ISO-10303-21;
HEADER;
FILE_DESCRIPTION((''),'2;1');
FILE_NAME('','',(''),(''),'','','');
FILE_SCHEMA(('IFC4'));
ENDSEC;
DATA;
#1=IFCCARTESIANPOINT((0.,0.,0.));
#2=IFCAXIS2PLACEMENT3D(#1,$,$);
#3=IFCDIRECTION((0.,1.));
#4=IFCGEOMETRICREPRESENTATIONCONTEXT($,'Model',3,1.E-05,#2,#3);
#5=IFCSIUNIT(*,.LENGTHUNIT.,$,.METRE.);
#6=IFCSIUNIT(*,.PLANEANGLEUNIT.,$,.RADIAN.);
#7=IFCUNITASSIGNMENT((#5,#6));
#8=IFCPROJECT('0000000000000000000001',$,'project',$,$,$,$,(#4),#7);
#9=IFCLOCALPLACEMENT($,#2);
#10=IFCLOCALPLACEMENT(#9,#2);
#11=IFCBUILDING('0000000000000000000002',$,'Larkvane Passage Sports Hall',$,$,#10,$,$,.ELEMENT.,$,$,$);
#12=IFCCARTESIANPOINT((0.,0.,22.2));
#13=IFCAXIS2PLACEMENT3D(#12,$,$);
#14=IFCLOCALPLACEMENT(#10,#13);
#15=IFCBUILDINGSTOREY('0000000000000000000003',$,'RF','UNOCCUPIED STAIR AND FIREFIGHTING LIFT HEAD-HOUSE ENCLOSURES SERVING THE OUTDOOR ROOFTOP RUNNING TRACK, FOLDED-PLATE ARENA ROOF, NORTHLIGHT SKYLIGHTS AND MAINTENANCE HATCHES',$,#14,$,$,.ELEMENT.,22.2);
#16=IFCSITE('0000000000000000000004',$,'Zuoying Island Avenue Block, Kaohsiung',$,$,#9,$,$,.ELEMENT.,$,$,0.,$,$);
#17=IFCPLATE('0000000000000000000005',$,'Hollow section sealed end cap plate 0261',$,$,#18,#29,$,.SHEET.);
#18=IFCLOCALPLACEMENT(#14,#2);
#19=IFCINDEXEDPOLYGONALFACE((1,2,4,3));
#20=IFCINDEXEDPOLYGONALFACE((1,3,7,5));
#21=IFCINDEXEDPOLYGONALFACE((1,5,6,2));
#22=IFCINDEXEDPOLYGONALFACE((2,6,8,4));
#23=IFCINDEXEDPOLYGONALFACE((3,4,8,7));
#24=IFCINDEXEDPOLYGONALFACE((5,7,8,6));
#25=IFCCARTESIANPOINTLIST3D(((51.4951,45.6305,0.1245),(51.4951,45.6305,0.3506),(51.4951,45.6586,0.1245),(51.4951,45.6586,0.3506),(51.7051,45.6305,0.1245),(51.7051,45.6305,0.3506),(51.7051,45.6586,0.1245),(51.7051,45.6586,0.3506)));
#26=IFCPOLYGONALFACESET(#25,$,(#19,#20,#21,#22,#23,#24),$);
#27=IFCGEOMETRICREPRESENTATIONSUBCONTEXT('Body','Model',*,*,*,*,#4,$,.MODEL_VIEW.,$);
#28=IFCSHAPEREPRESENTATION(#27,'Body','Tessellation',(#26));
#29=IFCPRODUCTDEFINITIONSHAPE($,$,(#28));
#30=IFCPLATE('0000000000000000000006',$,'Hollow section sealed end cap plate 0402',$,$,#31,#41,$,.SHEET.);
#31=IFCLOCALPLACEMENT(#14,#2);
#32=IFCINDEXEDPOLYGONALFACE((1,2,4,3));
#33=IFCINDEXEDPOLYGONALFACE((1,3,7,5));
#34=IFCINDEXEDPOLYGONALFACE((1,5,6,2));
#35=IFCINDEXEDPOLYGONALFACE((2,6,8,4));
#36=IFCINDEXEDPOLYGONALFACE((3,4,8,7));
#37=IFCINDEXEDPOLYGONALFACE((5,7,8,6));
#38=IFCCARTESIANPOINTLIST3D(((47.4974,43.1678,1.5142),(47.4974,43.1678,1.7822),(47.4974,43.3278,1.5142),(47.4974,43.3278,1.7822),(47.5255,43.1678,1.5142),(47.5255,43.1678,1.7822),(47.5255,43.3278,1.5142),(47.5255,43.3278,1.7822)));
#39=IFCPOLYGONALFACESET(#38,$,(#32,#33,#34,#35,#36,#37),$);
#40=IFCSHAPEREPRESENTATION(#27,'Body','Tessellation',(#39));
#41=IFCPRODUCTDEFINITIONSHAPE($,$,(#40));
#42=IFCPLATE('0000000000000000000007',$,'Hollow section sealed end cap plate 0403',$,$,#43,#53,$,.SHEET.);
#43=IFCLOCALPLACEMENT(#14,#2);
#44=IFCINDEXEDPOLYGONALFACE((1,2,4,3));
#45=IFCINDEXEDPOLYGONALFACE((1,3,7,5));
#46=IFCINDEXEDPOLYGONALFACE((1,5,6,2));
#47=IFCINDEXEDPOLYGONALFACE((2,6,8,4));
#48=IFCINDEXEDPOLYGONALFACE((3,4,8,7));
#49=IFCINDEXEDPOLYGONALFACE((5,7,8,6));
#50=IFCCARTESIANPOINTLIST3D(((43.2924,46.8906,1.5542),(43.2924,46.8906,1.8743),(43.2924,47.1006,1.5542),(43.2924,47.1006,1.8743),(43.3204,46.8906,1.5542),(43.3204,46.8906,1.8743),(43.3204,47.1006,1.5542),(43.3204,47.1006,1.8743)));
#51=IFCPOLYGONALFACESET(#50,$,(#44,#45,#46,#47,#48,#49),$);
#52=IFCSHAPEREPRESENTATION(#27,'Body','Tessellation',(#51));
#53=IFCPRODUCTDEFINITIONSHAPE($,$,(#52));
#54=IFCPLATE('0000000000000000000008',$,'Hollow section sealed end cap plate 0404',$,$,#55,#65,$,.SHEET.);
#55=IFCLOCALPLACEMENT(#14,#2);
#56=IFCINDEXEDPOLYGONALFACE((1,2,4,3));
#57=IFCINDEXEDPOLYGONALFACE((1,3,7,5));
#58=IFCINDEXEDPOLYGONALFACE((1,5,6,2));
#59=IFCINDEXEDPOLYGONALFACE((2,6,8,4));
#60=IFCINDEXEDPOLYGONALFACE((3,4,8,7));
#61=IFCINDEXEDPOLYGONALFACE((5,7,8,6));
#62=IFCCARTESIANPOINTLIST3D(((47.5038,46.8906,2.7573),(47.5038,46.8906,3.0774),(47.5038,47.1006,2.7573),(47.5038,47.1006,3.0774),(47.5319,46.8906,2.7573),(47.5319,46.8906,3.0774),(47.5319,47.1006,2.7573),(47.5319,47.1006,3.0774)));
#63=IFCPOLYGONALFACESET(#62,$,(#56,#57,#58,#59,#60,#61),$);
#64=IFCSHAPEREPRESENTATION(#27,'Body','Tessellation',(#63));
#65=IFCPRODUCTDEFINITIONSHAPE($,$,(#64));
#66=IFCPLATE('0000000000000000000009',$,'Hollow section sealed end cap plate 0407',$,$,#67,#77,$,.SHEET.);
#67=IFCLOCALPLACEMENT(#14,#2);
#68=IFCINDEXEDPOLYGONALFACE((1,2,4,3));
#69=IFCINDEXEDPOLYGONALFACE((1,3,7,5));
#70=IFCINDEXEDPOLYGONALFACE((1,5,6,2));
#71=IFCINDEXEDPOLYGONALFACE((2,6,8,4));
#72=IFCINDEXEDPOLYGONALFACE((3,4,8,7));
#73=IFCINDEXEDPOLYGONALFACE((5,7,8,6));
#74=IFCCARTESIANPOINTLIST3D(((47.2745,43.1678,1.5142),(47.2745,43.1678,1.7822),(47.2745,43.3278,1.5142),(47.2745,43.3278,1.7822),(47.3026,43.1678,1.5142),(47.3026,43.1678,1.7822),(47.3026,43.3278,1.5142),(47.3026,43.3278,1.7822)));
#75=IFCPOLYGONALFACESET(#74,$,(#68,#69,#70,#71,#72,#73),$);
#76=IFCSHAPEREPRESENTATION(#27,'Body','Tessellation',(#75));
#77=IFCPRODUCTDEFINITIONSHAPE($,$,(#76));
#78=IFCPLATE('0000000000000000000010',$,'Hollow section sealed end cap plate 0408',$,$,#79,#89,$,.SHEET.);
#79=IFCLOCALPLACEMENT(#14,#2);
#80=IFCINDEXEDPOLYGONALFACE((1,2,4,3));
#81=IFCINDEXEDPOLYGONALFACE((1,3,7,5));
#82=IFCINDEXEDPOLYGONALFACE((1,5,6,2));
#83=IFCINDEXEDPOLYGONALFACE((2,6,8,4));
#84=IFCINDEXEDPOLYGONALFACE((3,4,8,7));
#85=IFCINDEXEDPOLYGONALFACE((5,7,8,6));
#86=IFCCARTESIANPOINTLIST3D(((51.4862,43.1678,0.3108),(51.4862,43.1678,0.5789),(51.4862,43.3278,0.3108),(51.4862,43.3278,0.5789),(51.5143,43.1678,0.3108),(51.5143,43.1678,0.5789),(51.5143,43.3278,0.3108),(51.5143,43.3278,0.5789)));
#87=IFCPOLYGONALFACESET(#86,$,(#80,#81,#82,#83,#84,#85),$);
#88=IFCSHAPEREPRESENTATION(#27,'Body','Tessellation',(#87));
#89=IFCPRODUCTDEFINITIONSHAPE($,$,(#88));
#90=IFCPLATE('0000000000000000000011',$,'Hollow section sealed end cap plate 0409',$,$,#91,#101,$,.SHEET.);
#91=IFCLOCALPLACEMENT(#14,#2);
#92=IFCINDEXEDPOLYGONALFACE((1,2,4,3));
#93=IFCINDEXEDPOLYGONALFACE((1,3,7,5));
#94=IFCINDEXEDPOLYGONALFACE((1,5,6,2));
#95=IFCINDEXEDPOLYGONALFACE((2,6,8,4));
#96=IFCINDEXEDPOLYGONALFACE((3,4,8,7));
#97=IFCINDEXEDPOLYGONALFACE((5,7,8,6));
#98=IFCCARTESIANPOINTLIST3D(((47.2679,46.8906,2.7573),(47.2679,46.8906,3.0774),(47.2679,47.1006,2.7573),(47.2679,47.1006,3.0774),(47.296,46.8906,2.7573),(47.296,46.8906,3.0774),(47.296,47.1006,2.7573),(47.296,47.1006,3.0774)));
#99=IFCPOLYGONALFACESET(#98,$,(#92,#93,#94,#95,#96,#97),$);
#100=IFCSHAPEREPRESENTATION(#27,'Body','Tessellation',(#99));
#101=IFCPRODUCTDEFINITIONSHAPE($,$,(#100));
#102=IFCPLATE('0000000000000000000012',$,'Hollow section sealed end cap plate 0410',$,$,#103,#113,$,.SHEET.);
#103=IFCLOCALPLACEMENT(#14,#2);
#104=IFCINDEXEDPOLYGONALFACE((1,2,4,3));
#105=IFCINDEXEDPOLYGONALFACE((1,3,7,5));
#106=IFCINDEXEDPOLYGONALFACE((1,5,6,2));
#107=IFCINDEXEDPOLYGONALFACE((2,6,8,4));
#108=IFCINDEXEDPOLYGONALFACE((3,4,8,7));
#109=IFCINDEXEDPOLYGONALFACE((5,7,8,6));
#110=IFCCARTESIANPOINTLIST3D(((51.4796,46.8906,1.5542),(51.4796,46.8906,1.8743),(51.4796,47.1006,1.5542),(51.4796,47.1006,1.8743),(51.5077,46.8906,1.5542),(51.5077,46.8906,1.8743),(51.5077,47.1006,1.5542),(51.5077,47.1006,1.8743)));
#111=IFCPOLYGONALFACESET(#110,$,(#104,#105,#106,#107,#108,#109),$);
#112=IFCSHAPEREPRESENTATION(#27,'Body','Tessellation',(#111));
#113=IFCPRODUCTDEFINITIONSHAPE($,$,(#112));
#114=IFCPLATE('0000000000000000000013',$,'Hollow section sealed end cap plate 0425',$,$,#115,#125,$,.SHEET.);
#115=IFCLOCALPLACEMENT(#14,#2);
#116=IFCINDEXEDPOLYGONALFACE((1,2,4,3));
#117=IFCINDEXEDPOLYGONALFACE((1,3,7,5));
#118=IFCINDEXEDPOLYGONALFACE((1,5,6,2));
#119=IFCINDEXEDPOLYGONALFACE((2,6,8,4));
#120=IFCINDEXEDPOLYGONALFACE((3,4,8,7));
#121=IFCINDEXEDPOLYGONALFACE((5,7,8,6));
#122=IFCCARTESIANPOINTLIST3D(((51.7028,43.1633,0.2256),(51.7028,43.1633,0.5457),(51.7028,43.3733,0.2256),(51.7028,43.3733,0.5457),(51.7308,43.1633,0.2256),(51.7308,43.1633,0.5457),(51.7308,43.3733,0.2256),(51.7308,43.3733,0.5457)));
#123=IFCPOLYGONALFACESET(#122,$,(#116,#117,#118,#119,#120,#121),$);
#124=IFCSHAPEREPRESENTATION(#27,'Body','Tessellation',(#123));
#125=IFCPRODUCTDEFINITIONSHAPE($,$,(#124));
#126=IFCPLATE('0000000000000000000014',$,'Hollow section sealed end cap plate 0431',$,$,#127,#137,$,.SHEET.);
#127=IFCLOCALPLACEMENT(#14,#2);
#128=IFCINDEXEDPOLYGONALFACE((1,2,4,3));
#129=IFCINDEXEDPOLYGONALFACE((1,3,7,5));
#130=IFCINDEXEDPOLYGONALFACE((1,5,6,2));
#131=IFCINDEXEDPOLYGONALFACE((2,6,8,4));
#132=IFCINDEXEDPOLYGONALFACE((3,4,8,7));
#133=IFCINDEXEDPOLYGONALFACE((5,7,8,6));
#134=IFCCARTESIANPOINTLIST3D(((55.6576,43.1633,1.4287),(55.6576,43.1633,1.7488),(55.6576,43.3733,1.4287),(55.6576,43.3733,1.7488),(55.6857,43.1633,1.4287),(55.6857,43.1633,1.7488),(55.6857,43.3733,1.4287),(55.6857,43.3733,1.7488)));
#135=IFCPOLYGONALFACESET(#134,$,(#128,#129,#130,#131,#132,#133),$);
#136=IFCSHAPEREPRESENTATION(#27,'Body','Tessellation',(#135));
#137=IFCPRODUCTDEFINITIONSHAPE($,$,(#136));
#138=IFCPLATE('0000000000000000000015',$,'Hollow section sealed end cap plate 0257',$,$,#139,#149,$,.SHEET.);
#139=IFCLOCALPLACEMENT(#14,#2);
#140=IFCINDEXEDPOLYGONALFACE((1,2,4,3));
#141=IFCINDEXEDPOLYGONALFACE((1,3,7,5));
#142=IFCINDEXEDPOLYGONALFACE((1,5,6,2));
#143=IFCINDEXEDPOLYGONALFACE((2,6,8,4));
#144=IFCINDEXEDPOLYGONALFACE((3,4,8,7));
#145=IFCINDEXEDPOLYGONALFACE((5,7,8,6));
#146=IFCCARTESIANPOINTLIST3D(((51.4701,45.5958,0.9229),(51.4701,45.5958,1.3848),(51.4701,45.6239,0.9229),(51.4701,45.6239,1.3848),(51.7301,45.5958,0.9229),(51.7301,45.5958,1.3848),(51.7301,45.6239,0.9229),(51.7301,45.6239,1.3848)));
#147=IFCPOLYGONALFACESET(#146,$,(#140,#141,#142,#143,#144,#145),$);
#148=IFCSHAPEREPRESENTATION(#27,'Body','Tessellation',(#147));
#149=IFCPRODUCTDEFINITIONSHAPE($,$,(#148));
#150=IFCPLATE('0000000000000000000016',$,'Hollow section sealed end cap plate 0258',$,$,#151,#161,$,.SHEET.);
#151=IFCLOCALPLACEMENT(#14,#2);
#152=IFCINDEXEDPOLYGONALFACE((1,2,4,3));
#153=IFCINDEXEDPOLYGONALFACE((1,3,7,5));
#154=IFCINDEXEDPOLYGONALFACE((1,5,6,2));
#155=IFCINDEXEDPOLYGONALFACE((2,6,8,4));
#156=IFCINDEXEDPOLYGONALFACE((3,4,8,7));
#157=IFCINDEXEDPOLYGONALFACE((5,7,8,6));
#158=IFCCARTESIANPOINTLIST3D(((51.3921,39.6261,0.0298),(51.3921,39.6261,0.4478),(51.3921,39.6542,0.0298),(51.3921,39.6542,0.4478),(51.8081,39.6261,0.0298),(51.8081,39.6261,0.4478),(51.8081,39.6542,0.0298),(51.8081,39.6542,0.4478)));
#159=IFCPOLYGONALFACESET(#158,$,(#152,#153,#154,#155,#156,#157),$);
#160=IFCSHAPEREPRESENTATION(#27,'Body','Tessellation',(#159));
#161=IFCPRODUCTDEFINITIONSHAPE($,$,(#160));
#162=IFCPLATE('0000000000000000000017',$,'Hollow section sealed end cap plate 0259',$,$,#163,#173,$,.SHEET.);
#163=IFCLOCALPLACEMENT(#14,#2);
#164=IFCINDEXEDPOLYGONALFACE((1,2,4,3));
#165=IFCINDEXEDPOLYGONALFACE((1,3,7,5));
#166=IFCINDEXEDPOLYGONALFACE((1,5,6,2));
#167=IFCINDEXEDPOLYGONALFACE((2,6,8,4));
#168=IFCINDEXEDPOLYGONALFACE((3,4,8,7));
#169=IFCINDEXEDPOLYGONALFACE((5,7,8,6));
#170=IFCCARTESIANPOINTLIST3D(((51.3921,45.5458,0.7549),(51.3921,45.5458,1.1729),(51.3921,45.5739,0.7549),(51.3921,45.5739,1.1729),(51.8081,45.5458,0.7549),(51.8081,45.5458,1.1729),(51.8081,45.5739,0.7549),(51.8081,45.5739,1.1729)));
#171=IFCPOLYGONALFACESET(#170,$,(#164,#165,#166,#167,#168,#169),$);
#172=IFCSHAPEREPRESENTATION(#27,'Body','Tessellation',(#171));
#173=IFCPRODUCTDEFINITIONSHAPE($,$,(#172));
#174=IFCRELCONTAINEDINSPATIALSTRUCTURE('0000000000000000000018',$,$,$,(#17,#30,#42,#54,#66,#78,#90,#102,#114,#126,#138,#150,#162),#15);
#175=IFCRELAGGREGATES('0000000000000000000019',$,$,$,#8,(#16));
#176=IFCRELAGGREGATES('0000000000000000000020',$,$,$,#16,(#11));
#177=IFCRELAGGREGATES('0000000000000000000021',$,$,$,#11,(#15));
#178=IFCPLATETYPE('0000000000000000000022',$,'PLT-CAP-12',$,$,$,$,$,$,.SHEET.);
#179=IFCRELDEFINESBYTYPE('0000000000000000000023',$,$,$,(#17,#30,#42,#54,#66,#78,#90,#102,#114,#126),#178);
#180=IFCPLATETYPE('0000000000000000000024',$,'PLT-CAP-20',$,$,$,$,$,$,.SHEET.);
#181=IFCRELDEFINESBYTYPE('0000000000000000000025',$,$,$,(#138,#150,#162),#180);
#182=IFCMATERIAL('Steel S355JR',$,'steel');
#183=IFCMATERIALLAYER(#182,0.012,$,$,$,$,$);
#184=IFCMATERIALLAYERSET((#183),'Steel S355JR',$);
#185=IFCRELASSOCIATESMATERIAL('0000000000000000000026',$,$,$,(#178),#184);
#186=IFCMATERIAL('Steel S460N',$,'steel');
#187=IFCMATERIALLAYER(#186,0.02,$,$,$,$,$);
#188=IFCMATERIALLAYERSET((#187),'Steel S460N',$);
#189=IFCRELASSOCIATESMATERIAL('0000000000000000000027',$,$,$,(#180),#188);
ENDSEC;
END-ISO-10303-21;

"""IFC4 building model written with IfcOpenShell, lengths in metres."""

from ifc_helpers import new_model, si_unit, direction, frame, origin, origin_2d, place, context, subcontext, project, spatial, rectangle, extrude, material, layer, layer_set, type_object, element, save


model = new_model("IFC4")

# Units and contexts
model_context = context("Model", 3, precision=1e-05, world=origin(), true_north=direction((0.0, 1.0)))
body_context = subcontext(model_context, "Body", "Model", "MODEL_VIEW")
ifc_project = project(units=[si_unit("LENGTHUNIT", "METRE"), si_unit("PLANEANGLEUNIT", "RADIAN")], contexts=[model_context])

# Site, building, storey
site_placement = place(None, origin())
site = spatial("IfcSite", under=ifc_project, at=site_placement, Name="Zuoying Island Avenue Block, Kaohsiung", CompositionType="ELEMENT", RefElevation=0.0)
building_placement = place(site_placement, origin())
building = spatial("IfcBuilding", under=site, at=building_placement, Name="Larkvane Passage Sports Hall", CompositionType="ELEMENT")
storey_placement = place(building_placement, frame((0.0, 0.0, 22.2)))
storey = spatial("IfcBuildingStorey", under=building, at=storey_placement, Name="RF", Description="UNOCCUPIED STAIR AND FIREFIGHTING LIFT HEAD-HOUSE ENCLOSURES SERVING THE OUTDOOR ROOFTOP RUNNING TRACK, FOLDED-PLATE ARENA ROOF, NORTHLIGHT SKYLIGHTS AND MAINTENANCE HATCHES", CompositionType="ELEMENT", Elevation=22.2)

# Shared definitions
ifc_material_1 = material(Name="Steel S460N", Category="steel")
ifc_material_2 = material(Name="Steel S355JR", Category="steel")

# Plates
ifc_layer_1 = layer(ifc_material_2, 0.012)
ifc_layer_set_1 = layer_set([ifc_layer_1], Name="Steel S355JR")
plate_type_1 = type_object("IfcPlateType", Name="PLT-CAP-12", PredefinedType="SHEET", material=ifc_layer_set_1)
plate_1_placement = place(storey_placement, frame((51.6001, 45.6445, 0.1245), z_axis=(0.0, 0.0, 1.0), x_axis=(-1.0, 0.0, 0.0)))
element("IfcPlate", 1, at=plate_1_placement, inside=storey, type_object=plate_type_1, Name="Hollow section sealed end cap plate 0261", PredefinedType="SHEET", context=body_context, shape_type="SweptSolid", body=[
    extrude(rectangle(XDim=0.21, YDim=0.0281, at=origin_2d()), origin(), (0.0, 0.0, 1.0), 0.2261),
])
plate_2_placement = place(storey_placement, frame((47.5115, 43.2478, 1.5142), z_axis=(0.0, 0.0, 1.0), x_axis=(0.0, 1.0, 0.0)))
element("IfcPlate", 2, at=plate_2_placement, inside=storey, type_object=plate_type_1, Name="Hollow section sealed end cap plate 0402", PredefinedType="SHEET", context=body_context, shape_type="SweptSolid", body=[
    extrude(rectangle(XDim=0.1599, YDim=0.0281, at=origin_2d()), origin(), (0.0, 0.0, 1.0), 0.2681),
])
for number, where, z_axis, x_axis, name in (
    (3, (43.3064, 46.9956, 1.5542), (0.0, 0.0, 1.0), (0.0, 1.0, 0.0), "Hollow section sealed end cap plate 0403"),
    (4, (47.5178, 46.9956, 2.7573), (0.0, 0.0, 1.0), (0.0, 1.0, 0.0), "Hollow section sealed end cap plate 0404"),
):
    element("IfcPlate", number, at=place(storey_placement, frame(where, z_axis=z_axis, x_axis=x_axis)), inside=storey, type_object=plate_type_1, Name=name, PredefinedType="SHEET", context=body_context, shape_type="SweptSolid", body=[
        extrude(rectangle(XDim=0.21, YDim=0.0281, at=origin_2d()), origin(), (0.0, 0.0, 1.0), 0.3201),
    ])
for number, where, z_axis, x_axis, name in (
    (5, (47.2886, 43.2478, 1.5142), (0.0, 0.0, 1.0), (0.0, 1.0, 0.0), "Hollow section sealed end cap plate 0407"),
    (6, (51.5002, 43.2478, 0.3108), (0.0, 0.0, 1.0), (0.0, 1.0, 0.0), "Hollow section sealed end cap plate 0408"),
):
    element("IfcPlate", number, at=place(storey_placement, frame(where, z_axis=z_axis, x_axis=x_axis)), inside=storey, type_object=plate_type_1, Name=name, PredefinedType="SHEET", context=body_context, shape_type="SweptSolid", body=[
        extrude(rectangle(XDim=0.1599, YDim=0.0281, at=origin_2d()), origin(), (0.0, 0.0, 1.0), 0.2681),
    ])
for number, where, z_axis, x_axis, name in (
    (7, (47.282, 46.9956, 2.7573), (0.0, 0.0, 1.0), (0.0, 1.0, 0.0), "Hollow section sealed end cap plate 0409"),
    (8, (51.4937, 46.9956, 1.5542), (0.0, 0.0, 1.0), (0.0, 1.0, 0.0), "Hollow section sealed end cap plate 0410"),
    (9, (51.7168, 43.2683, 0.2256), (0.0, 0.0, 1.0), (0.0, 1.0, 0.0), "Hollow section sealed end cap plate 0425"),
    (10, (55.6716, 43.2683, 1.4287), (0.0, 0.0, 1.0), (0.0, 1.0, 0.0), "Hollow section sealed end cap plate 0431"),
):
    element("IfcPlate", number, at=place(storey_placement, frame(where, z_axis=z_axis, x_axis=x_axis)), inside=storey, type_object=plate_type_1, Name=name, PredefinedType="SHEET", context=body_context, shape_type="SweptSolid", body=[
        extrude(rectangle(XDim=0.21, YDim=0.0281, at=origin_2d()), origin(), (0.0, 0.0, 1.0), 0.3201),
    ])
ifc_layer_2 = layer(ifc_material_1, 0.02)
ifc_layer_set_2 = layer_set([ifc_layer_2], Name="Steel S460N")
plate_type_2 = type_object("IfcPlateType", Name="PLT-CAP-20", PredefinedType="SHEET", material=ifc_layer_set_2)
plate_3_placement = place(storey_placement, frame((51.6001, 45.6099, 0.9229), z_axis=(0.0, 0.0, 1.0), x_axis=(-1.0, 0.0, 0.0)))
element("IfcPlate", 11, at=plate_3_placement, inside=storey, type_object=plate_type_2, Name="Hollow section sealed end cap plate 0257", PredefinedType="SHEET", context=body_context, shape_type="SweptSolid", body=[
    extrude(rectangle(XDim=0.26, YDim=0.0281, at=origin_2d()), origin(), (0.0, 0.0, 1.0), 0.4619),
])
for number, where, z_axis, x_axis, name in (
    (12, (51.6001, 39.6401, 0.0298), (0.0, 0.0, 1.0), (-1.0, 0.0, 0.0), "Hollow section sealed end cap plate 0258"),
    (13, (51.6001, 45.5598, 0.7549), (0.0, 0.0, 1.0), (-1.0, 0.0, 0.0), "Hollow section sealed end cap plate 0259"),
):
    element("IfcPlate", number, at=place(storey_placement, frame(where, z_axis=z_axis, x_axis=x_axis)), inside=storey, type_object=plate_type_2, Name=name, PredefinedType="SHEET", context=body_context, shape_type="SweptSolid", body=[
        extrude(rectangle(XDim=0.416, YDim=0.0281, at=origin_2d()), origin(), (0.0, 0.0, 1.0), 0.418),
    ])

save(model, "model.ifc")
